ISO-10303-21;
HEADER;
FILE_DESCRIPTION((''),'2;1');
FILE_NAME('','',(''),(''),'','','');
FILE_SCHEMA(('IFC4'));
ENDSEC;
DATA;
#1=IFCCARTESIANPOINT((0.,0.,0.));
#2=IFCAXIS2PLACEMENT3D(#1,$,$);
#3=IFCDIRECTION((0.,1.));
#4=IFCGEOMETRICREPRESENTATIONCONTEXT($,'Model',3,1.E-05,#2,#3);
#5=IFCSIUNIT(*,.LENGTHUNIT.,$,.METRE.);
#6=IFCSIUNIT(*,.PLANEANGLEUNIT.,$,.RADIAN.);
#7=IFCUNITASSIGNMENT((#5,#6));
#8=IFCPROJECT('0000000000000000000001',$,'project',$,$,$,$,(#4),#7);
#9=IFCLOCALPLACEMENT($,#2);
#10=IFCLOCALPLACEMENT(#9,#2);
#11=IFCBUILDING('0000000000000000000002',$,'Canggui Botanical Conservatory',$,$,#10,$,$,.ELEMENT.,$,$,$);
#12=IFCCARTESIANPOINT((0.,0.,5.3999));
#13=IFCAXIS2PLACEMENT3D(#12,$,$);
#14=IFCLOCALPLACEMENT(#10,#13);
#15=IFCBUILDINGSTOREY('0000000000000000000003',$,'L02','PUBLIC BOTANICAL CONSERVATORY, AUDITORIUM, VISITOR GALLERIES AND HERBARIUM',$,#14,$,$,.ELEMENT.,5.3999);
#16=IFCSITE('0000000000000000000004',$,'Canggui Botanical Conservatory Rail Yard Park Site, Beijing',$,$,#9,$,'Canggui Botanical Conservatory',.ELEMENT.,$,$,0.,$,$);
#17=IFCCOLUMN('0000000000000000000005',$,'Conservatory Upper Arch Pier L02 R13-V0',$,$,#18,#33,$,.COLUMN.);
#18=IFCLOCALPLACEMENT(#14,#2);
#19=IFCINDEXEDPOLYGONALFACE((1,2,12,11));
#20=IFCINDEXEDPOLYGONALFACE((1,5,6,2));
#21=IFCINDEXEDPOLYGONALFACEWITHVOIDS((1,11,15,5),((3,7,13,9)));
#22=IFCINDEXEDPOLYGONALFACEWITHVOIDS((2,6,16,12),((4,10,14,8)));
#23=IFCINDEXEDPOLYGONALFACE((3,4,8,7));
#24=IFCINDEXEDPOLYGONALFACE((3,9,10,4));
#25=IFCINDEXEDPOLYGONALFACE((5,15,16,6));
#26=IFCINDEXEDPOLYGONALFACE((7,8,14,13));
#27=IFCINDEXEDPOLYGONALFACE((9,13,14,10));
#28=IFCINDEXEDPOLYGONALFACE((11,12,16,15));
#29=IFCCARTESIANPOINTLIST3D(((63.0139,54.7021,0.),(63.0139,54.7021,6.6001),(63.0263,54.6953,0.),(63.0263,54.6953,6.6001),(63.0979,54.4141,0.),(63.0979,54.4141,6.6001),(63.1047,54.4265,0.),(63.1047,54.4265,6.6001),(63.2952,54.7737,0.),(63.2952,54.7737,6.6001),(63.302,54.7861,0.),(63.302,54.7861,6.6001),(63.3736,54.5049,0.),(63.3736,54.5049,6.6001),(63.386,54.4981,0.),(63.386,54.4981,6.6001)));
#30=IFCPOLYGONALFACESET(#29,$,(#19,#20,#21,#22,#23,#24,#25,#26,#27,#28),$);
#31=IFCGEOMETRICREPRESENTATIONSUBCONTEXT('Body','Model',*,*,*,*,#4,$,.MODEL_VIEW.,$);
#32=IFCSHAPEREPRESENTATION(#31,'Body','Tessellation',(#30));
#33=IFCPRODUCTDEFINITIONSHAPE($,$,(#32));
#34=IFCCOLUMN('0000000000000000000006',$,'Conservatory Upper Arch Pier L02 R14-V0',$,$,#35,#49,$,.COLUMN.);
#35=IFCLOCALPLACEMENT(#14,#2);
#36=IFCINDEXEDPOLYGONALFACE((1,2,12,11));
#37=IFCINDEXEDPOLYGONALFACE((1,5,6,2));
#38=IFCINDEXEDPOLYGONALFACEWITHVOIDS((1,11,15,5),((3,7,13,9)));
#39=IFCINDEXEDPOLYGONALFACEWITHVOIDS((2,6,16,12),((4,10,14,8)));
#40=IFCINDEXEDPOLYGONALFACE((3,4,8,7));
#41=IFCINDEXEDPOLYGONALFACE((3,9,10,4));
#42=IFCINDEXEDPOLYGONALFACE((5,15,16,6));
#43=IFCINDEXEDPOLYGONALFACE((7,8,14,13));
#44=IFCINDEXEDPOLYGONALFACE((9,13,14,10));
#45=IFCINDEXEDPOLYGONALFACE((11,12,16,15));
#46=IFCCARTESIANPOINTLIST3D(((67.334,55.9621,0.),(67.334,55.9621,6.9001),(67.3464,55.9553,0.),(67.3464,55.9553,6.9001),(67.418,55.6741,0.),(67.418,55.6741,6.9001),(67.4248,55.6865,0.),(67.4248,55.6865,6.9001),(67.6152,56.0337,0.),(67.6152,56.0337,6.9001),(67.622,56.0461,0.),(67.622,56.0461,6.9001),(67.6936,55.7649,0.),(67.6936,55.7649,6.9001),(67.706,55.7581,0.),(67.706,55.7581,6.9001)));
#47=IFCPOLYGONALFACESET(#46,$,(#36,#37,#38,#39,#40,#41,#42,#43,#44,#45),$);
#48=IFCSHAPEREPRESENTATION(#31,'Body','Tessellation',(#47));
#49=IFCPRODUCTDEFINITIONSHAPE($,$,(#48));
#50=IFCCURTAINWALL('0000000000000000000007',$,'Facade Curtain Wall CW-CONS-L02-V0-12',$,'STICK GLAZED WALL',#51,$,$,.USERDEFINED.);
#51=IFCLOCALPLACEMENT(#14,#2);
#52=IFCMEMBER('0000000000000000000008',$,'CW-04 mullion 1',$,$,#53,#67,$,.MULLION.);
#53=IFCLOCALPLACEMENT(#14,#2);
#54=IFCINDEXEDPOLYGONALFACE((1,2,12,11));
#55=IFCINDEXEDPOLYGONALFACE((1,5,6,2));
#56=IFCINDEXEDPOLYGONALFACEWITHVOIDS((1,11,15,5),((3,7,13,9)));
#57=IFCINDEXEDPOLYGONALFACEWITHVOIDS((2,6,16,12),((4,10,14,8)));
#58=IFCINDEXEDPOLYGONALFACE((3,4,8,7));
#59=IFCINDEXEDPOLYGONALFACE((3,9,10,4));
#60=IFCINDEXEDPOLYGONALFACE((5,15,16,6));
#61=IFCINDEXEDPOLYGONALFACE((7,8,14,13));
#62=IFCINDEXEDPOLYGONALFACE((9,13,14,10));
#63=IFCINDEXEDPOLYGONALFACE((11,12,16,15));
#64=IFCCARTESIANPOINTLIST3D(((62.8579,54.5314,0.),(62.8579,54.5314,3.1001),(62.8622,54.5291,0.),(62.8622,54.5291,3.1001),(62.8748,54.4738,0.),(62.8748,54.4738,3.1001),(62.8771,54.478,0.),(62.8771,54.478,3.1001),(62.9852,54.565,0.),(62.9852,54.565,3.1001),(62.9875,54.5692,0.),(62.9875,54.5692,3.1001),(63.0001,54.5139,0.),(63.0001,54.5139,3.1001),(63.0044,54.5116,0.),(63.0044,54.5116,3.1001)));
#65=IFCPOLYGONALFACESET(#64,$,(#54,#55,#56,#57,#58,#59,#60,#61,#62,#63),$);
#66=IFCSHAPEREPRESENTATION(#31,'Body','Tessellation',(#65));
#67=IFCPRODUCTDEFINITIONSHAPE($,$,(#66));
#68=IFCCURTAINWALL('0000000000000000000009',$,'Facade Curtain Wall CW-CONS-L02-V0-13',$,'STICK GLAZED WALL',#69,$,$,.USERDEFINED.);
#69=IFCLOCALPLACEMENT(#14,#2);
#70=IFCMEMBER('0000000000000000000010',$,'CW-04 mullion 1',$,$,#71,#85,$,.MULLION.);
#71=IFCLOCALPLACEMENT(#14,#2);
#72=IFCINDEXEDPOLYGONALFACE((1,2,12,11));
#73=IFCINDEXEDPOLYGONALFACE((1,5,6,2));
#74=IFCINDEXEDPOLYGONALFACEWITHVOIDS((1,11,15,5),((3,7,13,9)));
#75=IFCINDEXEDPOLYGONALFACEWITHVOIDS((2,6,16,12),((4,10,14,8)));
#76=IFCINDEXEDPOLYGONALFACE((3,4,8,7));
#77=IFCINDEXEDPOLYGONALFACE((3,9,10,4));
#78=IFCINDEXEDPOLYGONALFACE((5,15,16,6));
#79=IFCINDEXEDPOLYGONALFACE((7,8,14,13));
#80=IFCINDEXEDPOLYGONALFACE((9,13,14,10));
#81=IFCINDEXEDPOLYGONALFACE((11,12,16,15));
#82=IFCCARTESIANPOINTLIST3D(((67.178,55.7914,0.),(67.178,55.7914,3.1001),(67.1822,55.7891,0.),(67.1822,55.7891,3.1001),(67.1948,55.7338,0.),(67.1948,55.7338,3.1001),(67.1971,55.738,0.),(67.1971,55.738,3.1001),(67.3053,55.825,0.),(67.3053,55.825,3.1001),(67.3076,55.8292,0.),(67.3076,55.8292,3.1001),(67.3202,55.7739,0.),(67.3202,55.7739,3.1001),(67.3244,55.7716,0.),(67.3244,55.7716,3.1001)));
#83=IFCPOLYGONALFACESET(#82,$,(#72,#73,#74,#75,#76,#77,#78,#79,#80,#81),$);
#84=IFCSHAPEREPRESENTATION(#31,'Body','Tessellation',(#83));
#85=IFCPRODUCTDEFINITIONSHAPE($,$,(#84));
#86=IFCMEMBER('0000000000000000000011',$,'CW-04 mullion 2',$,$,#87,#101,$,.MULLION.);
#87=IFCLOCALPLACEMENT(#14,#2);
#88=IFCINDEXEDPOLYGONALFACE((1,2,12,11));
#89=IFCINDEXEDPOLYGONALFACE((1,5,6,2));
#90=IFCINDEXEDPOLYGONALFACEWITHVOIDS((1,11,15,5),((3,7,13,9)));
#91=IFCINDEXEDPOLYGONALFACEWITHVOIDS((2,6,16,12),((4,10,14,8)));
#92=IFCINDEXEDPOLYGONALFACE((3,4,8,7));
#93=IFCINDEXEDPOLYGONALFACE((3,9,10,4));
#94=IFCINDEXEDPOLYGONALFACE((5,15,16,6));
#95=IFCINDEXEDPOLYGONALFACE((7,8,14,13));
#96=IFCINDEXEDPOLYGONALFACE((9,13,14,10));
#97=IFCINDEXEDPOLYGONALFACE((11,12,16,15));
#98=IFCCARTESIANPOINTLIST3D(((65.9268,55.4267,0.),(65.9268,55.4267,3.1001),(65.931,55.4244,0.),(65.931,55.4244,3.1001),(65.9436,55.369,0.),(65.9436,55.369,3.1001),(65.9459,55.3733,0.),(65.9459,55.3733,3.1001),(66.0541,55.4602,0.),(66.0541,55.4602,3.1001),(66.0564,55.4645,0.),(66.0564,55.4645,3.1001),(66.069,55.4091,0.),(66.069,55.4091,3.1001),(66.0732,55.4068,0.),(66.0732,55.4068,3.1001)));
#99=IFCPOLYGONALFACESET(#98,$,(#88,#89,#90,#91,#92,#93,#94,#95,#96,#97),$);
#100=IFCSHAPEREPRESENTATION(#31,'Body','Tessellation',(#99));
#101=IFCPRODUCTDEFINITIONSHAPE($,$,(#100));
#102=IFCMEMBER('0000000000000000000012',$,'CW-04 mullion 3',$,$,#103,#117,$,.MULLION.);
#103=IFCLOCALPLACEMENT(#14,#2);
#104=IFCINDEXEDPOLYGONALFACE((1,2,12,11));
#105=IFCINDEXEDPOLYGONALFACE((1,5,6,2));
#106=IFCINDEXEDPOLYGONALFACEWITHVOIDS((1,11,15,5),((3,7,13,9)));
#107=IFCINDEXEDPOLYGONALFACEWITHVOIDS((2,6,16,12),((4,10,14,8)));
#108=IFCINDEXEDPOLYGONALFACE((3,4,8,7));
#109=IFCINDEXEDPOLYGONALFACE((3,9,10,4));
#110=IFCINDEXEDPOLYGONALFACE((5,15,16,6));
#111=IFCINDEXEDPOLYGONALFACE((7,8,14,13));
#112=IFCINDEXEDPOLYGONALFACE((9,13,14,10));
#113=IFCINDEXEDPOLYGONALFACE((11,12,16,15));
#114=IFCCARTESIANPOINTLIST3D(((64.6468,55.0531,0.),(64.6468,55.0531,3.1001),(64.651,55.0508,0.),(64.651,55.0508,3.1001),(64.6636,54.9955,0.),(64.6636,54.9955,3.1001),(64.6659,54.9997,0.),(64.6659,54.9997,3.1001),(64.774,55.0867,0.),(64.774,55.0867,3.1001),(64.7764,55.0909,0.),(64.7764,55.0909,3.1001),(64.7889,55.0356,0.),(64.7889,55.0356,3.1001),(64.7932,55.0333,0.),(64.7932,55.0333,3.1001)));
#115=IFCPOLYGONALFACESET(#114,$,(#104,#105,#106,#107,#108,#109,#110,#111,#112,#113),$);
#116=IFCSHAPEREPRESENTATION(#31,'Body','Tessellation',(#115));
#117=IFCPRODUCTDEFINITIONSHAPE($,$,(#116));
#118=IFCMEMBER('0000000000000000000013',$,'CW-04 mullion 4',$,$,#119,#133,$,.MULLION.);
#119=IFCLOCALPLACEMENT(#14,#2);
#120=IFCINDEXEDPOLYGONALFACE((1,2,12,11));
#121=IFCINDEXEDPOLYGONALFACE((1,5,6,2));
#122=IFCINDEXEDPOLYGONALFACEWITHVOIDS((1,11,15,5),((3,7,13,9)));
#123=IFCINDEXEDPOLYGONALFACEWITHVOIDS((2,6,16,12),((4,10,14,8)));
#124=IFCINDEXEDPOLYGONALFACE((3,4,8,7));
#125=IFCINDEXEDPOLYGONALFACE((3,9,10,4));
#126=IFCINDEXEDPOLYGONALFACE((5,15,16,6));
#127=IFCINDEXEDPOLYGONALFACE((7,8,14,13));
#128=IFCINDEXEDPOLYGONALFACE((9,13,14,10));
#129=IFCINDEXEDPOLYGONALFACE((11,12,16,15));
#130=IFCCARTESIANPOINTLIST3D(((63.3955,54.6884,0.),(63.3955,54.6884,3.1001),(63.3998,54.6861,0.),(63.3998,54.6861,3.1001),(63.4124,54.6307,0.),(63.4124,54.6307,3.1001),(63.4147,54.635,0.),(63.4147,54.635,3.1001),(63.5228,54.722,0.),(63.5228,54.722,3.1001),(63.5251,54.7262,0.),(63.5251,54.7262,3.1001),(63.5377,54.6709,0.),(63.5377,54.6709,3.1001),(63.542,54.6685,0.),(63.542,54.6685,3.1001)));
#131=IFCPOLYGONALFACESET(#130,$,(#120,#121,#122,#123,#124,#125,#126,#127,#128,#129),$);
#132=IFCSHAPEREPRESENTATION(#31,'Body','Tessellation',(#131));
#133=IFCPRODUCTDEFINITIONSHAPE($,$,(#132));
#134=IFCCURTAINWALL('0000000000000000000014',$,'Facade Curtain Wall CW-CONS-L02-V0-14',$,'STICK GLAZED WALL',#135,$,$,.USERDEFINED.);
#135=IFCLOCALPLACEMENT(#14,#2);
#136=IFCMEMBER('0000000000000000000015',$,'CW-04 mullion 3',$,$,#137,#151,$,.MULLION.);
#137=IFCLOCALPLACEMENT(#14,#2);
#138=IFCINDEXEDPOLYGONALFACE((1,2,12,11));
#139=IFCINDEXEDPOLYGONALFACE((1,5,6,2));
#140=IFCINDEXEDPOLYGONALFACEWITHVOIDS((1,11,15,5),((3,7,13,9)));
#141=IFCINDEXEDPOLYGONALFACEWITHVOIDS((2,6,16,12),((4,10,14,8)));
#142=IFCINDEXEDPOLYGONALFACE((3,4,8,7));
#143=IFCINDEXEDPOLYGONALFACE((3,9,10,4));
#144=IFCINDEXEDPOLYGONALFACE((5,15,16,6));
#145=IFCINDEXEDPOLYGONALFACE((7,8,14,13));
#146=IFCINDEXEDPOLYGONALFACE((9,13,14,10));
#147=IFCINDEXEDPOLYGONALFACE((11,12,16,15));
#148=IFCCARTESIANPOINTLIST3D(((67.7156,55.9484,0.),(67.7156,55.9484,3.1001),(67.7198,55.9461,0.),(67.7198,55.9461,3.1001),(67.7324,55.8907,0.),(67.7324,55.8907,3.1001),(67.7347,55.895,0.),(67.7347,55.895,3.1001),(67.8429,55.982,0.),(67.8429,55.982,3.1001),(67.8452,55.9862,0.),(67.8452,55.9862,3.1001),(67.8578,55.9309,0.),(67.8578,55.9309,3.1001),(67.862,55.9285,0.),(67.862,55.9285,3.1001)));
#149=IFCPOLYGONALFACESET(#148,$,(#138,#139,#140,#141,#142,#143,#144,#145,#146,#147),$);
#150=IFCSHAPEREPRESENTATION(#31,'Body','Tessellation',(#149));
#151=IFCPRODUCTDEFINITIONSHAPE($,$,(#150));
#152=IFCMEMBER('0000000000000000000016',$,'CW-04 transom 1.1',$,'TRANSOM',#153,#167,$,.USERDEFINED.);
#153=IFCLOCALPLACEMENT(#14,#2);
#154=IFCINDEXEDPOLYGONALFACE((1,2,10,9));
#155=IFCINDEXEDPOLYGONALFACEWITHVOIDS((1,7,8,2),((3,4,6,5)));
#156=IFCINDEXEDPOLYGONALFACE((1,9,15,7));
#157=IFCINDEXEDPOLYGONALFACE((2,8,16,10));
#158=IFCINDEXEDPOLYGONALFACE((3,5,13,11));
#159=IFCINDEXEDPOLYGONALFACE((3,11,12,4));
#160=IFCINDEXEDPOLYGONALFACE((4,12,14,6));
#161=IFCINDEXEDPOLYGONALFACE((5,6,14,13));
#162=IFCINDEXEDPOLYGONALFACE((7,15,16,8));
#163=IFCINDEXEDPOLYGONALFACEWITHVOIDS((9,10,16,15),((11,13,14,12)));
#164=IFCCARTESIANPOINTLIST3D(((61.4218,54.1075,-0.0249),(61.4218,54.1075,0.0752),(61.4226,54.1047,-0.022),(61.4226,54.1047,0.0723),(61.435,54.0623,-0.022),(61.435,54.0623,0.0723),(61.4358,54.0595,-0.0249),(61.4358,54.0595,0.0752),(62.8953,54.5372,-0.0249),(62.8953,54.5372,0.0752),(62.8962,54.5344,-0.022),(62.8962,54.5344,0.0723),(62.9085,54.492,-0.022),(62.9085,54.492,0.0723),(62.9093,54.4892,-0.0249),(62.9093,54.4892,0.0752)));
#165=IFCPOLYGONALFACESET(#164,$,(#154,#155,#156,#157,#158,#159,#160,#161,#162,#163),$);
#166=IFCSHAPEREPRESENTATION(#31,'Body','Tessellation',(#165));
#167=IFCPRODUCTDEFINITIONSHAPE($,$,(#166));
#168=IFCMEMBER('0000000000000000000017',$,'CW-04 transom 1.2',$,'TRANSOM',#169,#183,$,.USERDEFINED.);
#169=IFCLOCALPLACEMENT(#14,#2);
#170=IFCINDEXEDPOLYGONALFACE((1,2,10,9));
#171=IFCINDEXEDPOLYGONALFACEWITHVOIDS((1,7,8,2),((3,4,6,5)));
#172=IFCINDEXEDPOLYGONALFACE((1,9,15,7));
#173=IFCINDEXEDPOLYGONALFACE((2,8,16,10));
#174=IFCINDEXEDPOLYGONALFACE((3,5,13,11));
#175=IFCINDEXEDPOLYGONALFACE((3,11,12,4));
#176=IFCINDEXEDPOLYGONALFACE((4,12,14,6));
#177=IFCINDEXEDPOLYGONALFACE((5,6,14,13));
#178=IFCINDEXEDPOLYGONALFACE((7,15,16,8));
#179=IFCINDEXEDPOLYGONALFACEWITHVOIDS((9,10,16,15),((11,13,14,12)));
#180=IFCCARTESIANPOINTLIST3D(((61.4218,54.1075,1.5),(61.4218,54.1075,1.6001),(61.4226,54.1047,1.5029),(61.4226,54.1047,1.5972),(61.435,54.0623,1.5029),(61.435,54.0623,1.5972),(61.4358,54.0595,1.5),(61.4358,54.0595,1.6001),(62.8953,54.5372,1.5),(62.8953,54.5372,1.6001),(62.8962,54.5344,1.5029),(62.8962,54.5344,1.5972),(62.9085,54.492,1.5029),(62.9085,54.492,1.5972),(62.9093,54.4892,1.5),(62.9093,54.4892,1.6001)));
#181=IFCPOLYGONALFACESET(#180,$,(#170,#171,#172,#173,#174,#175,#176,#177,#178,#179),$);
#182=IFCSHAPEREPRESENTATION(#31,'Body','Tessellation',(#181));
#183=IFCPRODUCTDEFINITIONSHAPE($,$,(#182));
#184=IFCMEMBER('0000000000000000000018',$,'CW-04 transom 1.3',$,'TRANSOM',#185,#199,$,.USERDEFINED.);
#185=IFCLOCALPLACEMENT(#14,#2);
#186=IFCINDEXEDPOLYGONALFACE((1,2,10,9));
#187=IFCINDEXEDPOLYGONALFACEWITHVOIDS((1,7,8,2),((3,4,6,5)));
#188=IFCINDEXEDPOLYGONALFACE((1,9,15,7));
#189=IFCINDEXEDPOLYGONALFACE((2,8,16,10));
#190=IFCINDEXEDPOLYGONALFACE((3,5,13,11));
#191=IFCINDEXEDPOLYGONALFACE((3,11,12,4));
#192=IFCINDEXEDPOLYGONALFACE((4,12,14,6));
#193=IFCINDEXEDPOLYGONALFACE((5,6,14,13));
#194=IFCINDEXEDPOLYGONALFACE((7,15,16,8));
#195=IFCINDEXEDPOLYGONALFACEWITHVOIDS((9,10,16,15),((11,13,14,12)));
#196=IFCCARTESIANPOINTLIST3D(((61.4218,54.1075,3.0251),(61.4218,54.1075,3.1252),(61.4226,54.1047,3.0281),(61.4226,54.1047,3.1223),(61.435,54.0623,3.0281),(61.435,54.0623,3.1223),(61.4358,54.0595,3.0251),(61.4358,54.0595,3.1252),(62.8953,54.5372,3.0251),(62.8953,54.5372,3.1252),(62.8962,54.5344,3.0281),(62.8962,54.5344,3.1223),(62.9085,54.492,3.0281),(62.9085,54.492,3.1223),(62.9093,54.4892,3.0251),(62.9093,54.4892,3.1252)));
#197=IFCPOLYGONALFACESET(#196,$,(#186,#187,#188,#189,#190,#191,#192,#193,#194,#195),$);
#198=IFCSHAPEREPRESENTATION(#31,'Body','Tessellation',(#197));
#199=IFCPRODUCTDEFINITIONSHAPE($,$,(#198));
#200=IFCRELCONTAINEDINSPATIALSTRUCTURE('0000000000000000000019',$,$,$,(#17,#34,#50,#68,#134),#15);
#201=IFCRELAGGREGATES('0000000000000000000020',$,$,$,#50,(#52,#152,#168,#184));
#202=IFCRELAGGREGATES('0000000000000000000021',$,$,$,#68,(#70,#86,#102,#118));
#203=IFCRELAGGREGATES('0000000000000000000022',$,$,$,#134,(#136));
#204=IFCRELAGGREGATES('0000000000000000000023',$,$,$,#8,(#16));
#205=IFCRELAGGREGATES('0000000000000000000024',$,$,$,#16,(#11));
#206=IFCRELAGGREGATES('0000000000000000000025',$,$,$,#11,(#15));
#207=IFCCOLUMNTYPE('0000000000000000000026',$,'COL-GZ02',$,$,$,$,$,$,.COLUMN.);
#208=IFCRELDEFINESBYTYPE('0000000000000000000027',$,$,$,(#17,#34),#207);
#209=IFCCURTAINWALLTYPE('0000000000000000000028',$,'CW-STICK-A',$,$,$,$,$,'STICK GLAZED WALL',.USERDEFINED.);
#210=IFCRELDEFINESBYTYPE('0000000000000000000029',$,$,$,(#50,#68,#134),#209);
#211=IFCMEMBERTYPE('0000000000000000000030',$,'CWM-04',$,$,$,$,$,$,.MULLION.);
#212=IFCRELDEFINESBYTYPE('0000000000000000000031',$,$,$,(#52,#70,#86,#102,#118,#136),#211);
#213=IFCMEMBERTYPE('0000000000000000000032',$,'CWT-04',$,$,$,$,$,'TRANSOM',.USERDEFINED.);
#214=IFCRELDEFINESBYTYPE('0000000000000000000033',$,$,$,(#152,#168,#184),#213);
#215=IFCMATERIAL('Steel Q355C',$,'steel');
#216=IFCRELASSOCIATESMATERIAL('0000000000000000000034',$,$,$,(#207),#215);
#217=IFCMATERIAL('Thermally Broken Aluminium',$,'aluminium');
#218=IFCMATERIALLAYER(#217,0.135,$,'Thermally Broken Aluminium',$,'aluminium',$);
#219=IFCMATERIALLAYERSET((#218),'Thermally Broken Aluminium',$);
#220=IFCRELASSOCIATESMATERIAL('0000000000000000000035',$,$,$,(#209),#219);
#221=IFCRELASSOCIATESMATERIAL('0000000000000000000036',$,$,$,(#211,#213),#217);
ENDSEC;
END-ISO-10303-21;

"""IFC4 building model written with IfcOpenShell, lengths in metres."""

from ifc_helpers import new_model, si_unit, direction, frame, origin, origin_2d, place, context, subcontext, project, spatial, hollow_rectangle, extrude, material, layer, layer_set, material_profile, profile_set, type_object, element, aggregate, save


model = new_model("IFC4")

# Units and contexts
model_context = context("Model", 3, precision=1e-05, world=origin(), true_north=direction((0.0, 1.0)))
body_context = subcontext(model_context, "Body", "Model", "MODEL_VIEW")
ifc_project = project(units=[si_unit("LENGTHUNIT", "METRE"), si_unit("PLANEANGLEUNIT", "RADIAN")], contexts=[model_context])

# Site, building, storey
site_placement = place(None, origin())
site = spatial("IfcSite", under=ifc_project, at=site_placement, Name="Canggui Botanical Conservatory Rail Yard Park Site, Beijing", LongName="Canggui Botanical Conservatory", CompositionType="ELEMENT", RefElevation=0.0)
building_placement = place(site_placement, origin())
building = spatial("IfcBuilding", under=site, at=building_placement, Name="Canggui Botanical Conservatory", CompositionType="ELEMENT")
storey_placement = place(building_placement, frame((0.0, 0.0, 5.3999)))
storey = spatial("IfcBuildingStorey", under=building, at=storey_placement, Name="L02", Description="PUBLIC BOTANICAL CONSERVATORY, AUDITORIUM, VISITOR GALLERIES AND HERBARIUM", CompositionType="ELEMENT", Elevation=5.3999)

# Columns
ifc_material_1 = material(Name="Steel Q355C", Category="steel")
ifc_material_profile_1 = material_profile(ifc_material_1, hollow_rectangle(XDim=0.3, YDim=0.3, WallThickness=0.01, at=origin_2d()), Name="SHS 300x300x10")
ifc_profile_set_1 = profile_set([ifc_material_profile_1], Name="Steel Q355C")
column_type = type_object("IfcColumnType", Name="COL-GZ02", PredefinedType="COLUMN", material=ifc_profile_set_1)
column_1_placement = place(storey_placement, frame((63.2, 54.6001, 0.0), z_axis=(0.0, 0.0, 1.0), x_axis=(0.96, 0.28, 0.0)))
element("IfcColumn", 1, at=column_1_placement, inside=storey, type_object=column_type, Name="Conservatory Upper Arch Pier L02 R13-V0", PredefinedType="COLUMN", context=body_context, shape_type="SweptSolid", body=[
    extrude(hollow_rectangle(XDim=0.3, YDim=0.3, WallThickness=0.01, at=origin_2d()), origin(), (0.0, 0.0, 1.0), 6.6001),
])
column_2_placement = place(storey_placement, frame((67.52, 55.8601, 0.0), z_axis=(0.0, 0.0, 1.0), x_axis=(0.96, 0.28, 0.0)))
element("IfcColumn", 2, at=column_2_placement, inside=storey, type_object=column_type, Name="Conservatory Upper Arch Pier L02 R14-V0", PredefinedType="COLUMN", context=body_context, shape_type="SweptSolid", body=[
    extrude(hollow_rectangle(XDim=0.3, YDim=0.3, WallThickness=0.01, at=origin_2d()), origin(), (0.0, 0.0, 1.0), 6.9001),
])

# Curtain wall, member
ifc_material_2 = material(Name="Thermally Broken Aluminium", Category="aluminium")
ifc_layer_1 = layer(ifc_material_2, 0.135, Name="Thermally Broken Aluminium", Category="aluminium")
ifc_layer_set_1 = layer_set([ifc_layer_1], Name="Thermally Broken Aluminium")
curtain_wall_type = type_object("IfcCurtainWallType", Name="CW-STICK-A", ElementType="STICK GLAZED WALL", PredefinedType="USERDEFINED", material=ifc_layer_set_1)
curtain_wall_1_placement = place(storey_placement, origin())
curtain_wall_1 = element("IfcCurtainWall", 3, at=curtain_wall_1_placement, inside=storey, type_object=curtain_wall_type, Name="Facade Curtain Wall CW-CONS-L02-V0-12", ObjectType="STICK GLAZED WALL", PredefinedType="USERDEFINED")
ifc_material_profile_2 = material_profile(ifc_material_2, hollow_rectangle(XDim=0.0601, YDim=0.135, WallThickness=0.0034, at=origin_2d()), Name="CWM 60x135x3.5")
ifc_profile_set_2 = profile_set([ifc_material_profile_2], Name="Thermally Broken Aluminium")
member_type_1 = type_object("IfcMemberType", Name="CWM-04", PredefinedType="MULLION", material=ifc_profile_set_2)
member_1_placement = place(storey_placement, frame((62.9312, 54.5215, 0.0), z_axis=(0.0, 0.0, 1.0), x_axis=(0.28, -0.96, 0.0)))
member_1 = element("IfcMember", 4, at=member_1_placement, type_object=member_type_1, Name="CW-04 mullion 1", PredefinedType="MULLION", context=body_context, shape_type="SweptSolid", body=[
    extrude(hollow_rectangle(XDim=0.0601, YDim=0.135, WallThickness=0.0034, at=origin_2d()), origin(), (0.0, 0.0, 1.0), 3.1001),
])

# Curtain wall, members
curtain_wall_2_placement = place(storey_placement, origin())
curtain_wall_2 = element("IfcCurtainWall", 5, at=curtain_wall_2_placement, inside=storey, type_object=curtain_wall_type, Name="Facade Curtain Wall CW-CONS-L02-V0-13", ObjectType="STICK GLAZED WALL", PredefinedType="USERDEFINED")
member_2_placement = place(storey_placement, frame((67.2512, 55.7815, 0.0), z_axis=(0.0, 0.0, 1.0), x_axis=(0.28, -0.96, 0.0)))
member_2 = element("IfcMember", 6, at=member_2_placement, type_object=member_type_1, Name="CW-04 mullion 1", PredefinedType="MULLION", context=body_context, shape_type="SweptSolid", body=[
    extrude(hollow_rectangle(XDim=0.0601, YDim=0.135, WallThickness=0.0034, at=origin_2d()), origin(), (0.0, 0.0, 1.0), 3.1001),
])
member_3_placement = place(storey_placement, frame((66.0, 55.4167, 0.0), z_axis=(0.0, 0.0, 1.0), x_axis=(0.28, -0.96, 0.0)))
member_3 = element("IfcMember", 7, at=member_3_placement, type_object=member_type_1, Name="CW-04 mullion 2", PredefinedType="MULLION", context=body_context, shape_type="SweptSolid", body=[
    extrude(hollow_rectangle(XDim=0.0601, YDim=0.135, WallThickness=0.0034, at=origin_2d()), origin(), (0.0, 0.0, 1.0), 3.1001),
])
member_4_placement = place(storey_placement, frame((64.72, 55.0432, 0.0), z_axis=(0.0, 0.0, 1.0), x_axis=(0.28, -0.96, 0.0)))
member_4 = element("IfcMember", 8, at=member_4_placement, type_object=member_type_1, Name="CW-04 mullion 3", PredefinedType="MULLION", context=body_context, shape_type="SweptSolid", body=[
    extrude(hollow_rectangle(XDim=0.0601, YDim=0.135, WallThickness=0.0034, at=origin_2d()), origin(), (0.0, 0.0, 1.0), 3.1001),
])
member_5_placement = place(storey_placement, frame((63.4688, 54.6785, 0.0), z_axis=(0.0, 0.0, 1.0), x_axis=(0.28, -0.96, 0.0)))
member_5 = element("IfcMember", 9, at=member_5_placement, type_object=member_type_1, Name="CW-04 mullion 4", PredefinedType="MULLION", context=body_context, shape_type="SweptSolid", body=[
    extrude(hollow_rectangle(XDim=0.0601, YDim=0.135, WallThickness=0.0034, at=origin_2d()), origin(), (0.0, 0.0, 1.0), 3.1001),
])

# Curtain wall, member
curtain_wall_3_placement = place(storey_placement, origin())
curtain_wall_3 = element("IfcCurtainWall", 10, at=curtain_wall_3_placement, inside=storey, type_object=curtain_wall_type, Name="Facade Curtain Wall CW-CONS-L02-V0-14", ObjectType="STICK GLAZED WALL", PredefinedType="USERDEFINED")
member_6_placement = place(storey_placement, frame((67.7888, 55.9385, 0.0), z_axis=(0.0, 0.0, 1.0), x_axis=(0.28, -0.96, 0.0)))
member_6 = element("IfcMember", 11, at=member_6_placement, type_object=member_type_1, Name="CW-04 mullion 3", PredefinedType="MULLION", context=body_context, shape_type="SweptSolid", body=[
    extrude(hollow_rectangle(XDim=0.0601, YDim=0.135, WallThickness=0.0034, at=origin_2d()), origin(), (0.0, 0.0, 1.0), 3.1001),
])

# Members
ifc_material_profile_3 = material_profile(ifc_material_2, hollow_rectangle(XDim=0.05, YDim=0.1001, WallThickness=0.0029, at=origin_2d()), Name="CWT 50x100x3")
ifc_profile_set_3 = profile_set([ifc_material_profile_3], Name="Thermally Broken Aluminium")
member_type_2 = type_object("IfcMemberType", Name="CWT-04", ElementType="TRANSOM", PredefinedType="USERDEFINED", material=ifc_profile_set_3)
member_7_placement = place(storey_placement, frame((62.9023, 54.5132, 0.0251), z_axis=(-0.960021, -0.279927, 0.0), x_axis=(0.279927, -0.960021, 0.0)))
member_7 = element("IfcMember", 12, at=member_7_placement, type_object=member_type_2, Name="CW-04 transom 1.1", ObjectType="TRANSOM", PredefinedType="USERDEFINED", context=body_context, shape_type="SweptSolid", body=[
    extrude(hollow_rectangle(XDim=0.05, YDim=0.1001, WallThickness=0.0029, at=origin_2d()), origin(), (0.0, 0.0, 1.0), 1.5349),
])
member_8_placement = place(storey_placement, frame((62.9023, 54.5132, 1.55), z_axis=(-0.960021, -0.279927, 0.0), x_axis=(0.279927, -0.960021, 0.0)))
member_8 = element("IfcMember", 13, at=member_8_placement, type_object=member_type_2, Name="CW-04 transom 1.2", ObjectType="TRANSOM", PredefinedType="USERDEFINED", context=body_context, shape_type="SweptSolid", body=[
    extrude(hollow_rectangle(XDim=0.05, YDim=0.1001, WallThickness=0.0029, at=origin_2d()), origin(), (0.0, 0.0, 1.0), 1.5349),
])
member_9_placement = place(storey_placement, frame((62.9023, 54.5132, 3.0752), z_axis=(-0.960021, -0.279927, 0.0), x_axis=(0.279927, -0.960021, 0.0)))
member_9 = element("IfcMember", 14, at=member_9_placement, type_object=member_type_2, Name="CW-04 transom 1.3", ObjectType="TRANSOM", PredefinedType="USERDEFINED", context=body_context, shape_type="SweptSolid", body=[
    extrude(hollow_rectangle(XDim=0.05, YDim=0.1001, WallThickness=0.0029, at=origin_2d()), origin(), (0.0, 0.0, 1.0), 1.5349),
])

aggregate(curtain_wall_1, [member_1, member_7, member_8, member_9])
aggregate(curtain_wall_2, [member_2, member_3, member_4, member_5])
aggregate(curtain_wall_3, [member_6])

save(model, "model.ifc")
